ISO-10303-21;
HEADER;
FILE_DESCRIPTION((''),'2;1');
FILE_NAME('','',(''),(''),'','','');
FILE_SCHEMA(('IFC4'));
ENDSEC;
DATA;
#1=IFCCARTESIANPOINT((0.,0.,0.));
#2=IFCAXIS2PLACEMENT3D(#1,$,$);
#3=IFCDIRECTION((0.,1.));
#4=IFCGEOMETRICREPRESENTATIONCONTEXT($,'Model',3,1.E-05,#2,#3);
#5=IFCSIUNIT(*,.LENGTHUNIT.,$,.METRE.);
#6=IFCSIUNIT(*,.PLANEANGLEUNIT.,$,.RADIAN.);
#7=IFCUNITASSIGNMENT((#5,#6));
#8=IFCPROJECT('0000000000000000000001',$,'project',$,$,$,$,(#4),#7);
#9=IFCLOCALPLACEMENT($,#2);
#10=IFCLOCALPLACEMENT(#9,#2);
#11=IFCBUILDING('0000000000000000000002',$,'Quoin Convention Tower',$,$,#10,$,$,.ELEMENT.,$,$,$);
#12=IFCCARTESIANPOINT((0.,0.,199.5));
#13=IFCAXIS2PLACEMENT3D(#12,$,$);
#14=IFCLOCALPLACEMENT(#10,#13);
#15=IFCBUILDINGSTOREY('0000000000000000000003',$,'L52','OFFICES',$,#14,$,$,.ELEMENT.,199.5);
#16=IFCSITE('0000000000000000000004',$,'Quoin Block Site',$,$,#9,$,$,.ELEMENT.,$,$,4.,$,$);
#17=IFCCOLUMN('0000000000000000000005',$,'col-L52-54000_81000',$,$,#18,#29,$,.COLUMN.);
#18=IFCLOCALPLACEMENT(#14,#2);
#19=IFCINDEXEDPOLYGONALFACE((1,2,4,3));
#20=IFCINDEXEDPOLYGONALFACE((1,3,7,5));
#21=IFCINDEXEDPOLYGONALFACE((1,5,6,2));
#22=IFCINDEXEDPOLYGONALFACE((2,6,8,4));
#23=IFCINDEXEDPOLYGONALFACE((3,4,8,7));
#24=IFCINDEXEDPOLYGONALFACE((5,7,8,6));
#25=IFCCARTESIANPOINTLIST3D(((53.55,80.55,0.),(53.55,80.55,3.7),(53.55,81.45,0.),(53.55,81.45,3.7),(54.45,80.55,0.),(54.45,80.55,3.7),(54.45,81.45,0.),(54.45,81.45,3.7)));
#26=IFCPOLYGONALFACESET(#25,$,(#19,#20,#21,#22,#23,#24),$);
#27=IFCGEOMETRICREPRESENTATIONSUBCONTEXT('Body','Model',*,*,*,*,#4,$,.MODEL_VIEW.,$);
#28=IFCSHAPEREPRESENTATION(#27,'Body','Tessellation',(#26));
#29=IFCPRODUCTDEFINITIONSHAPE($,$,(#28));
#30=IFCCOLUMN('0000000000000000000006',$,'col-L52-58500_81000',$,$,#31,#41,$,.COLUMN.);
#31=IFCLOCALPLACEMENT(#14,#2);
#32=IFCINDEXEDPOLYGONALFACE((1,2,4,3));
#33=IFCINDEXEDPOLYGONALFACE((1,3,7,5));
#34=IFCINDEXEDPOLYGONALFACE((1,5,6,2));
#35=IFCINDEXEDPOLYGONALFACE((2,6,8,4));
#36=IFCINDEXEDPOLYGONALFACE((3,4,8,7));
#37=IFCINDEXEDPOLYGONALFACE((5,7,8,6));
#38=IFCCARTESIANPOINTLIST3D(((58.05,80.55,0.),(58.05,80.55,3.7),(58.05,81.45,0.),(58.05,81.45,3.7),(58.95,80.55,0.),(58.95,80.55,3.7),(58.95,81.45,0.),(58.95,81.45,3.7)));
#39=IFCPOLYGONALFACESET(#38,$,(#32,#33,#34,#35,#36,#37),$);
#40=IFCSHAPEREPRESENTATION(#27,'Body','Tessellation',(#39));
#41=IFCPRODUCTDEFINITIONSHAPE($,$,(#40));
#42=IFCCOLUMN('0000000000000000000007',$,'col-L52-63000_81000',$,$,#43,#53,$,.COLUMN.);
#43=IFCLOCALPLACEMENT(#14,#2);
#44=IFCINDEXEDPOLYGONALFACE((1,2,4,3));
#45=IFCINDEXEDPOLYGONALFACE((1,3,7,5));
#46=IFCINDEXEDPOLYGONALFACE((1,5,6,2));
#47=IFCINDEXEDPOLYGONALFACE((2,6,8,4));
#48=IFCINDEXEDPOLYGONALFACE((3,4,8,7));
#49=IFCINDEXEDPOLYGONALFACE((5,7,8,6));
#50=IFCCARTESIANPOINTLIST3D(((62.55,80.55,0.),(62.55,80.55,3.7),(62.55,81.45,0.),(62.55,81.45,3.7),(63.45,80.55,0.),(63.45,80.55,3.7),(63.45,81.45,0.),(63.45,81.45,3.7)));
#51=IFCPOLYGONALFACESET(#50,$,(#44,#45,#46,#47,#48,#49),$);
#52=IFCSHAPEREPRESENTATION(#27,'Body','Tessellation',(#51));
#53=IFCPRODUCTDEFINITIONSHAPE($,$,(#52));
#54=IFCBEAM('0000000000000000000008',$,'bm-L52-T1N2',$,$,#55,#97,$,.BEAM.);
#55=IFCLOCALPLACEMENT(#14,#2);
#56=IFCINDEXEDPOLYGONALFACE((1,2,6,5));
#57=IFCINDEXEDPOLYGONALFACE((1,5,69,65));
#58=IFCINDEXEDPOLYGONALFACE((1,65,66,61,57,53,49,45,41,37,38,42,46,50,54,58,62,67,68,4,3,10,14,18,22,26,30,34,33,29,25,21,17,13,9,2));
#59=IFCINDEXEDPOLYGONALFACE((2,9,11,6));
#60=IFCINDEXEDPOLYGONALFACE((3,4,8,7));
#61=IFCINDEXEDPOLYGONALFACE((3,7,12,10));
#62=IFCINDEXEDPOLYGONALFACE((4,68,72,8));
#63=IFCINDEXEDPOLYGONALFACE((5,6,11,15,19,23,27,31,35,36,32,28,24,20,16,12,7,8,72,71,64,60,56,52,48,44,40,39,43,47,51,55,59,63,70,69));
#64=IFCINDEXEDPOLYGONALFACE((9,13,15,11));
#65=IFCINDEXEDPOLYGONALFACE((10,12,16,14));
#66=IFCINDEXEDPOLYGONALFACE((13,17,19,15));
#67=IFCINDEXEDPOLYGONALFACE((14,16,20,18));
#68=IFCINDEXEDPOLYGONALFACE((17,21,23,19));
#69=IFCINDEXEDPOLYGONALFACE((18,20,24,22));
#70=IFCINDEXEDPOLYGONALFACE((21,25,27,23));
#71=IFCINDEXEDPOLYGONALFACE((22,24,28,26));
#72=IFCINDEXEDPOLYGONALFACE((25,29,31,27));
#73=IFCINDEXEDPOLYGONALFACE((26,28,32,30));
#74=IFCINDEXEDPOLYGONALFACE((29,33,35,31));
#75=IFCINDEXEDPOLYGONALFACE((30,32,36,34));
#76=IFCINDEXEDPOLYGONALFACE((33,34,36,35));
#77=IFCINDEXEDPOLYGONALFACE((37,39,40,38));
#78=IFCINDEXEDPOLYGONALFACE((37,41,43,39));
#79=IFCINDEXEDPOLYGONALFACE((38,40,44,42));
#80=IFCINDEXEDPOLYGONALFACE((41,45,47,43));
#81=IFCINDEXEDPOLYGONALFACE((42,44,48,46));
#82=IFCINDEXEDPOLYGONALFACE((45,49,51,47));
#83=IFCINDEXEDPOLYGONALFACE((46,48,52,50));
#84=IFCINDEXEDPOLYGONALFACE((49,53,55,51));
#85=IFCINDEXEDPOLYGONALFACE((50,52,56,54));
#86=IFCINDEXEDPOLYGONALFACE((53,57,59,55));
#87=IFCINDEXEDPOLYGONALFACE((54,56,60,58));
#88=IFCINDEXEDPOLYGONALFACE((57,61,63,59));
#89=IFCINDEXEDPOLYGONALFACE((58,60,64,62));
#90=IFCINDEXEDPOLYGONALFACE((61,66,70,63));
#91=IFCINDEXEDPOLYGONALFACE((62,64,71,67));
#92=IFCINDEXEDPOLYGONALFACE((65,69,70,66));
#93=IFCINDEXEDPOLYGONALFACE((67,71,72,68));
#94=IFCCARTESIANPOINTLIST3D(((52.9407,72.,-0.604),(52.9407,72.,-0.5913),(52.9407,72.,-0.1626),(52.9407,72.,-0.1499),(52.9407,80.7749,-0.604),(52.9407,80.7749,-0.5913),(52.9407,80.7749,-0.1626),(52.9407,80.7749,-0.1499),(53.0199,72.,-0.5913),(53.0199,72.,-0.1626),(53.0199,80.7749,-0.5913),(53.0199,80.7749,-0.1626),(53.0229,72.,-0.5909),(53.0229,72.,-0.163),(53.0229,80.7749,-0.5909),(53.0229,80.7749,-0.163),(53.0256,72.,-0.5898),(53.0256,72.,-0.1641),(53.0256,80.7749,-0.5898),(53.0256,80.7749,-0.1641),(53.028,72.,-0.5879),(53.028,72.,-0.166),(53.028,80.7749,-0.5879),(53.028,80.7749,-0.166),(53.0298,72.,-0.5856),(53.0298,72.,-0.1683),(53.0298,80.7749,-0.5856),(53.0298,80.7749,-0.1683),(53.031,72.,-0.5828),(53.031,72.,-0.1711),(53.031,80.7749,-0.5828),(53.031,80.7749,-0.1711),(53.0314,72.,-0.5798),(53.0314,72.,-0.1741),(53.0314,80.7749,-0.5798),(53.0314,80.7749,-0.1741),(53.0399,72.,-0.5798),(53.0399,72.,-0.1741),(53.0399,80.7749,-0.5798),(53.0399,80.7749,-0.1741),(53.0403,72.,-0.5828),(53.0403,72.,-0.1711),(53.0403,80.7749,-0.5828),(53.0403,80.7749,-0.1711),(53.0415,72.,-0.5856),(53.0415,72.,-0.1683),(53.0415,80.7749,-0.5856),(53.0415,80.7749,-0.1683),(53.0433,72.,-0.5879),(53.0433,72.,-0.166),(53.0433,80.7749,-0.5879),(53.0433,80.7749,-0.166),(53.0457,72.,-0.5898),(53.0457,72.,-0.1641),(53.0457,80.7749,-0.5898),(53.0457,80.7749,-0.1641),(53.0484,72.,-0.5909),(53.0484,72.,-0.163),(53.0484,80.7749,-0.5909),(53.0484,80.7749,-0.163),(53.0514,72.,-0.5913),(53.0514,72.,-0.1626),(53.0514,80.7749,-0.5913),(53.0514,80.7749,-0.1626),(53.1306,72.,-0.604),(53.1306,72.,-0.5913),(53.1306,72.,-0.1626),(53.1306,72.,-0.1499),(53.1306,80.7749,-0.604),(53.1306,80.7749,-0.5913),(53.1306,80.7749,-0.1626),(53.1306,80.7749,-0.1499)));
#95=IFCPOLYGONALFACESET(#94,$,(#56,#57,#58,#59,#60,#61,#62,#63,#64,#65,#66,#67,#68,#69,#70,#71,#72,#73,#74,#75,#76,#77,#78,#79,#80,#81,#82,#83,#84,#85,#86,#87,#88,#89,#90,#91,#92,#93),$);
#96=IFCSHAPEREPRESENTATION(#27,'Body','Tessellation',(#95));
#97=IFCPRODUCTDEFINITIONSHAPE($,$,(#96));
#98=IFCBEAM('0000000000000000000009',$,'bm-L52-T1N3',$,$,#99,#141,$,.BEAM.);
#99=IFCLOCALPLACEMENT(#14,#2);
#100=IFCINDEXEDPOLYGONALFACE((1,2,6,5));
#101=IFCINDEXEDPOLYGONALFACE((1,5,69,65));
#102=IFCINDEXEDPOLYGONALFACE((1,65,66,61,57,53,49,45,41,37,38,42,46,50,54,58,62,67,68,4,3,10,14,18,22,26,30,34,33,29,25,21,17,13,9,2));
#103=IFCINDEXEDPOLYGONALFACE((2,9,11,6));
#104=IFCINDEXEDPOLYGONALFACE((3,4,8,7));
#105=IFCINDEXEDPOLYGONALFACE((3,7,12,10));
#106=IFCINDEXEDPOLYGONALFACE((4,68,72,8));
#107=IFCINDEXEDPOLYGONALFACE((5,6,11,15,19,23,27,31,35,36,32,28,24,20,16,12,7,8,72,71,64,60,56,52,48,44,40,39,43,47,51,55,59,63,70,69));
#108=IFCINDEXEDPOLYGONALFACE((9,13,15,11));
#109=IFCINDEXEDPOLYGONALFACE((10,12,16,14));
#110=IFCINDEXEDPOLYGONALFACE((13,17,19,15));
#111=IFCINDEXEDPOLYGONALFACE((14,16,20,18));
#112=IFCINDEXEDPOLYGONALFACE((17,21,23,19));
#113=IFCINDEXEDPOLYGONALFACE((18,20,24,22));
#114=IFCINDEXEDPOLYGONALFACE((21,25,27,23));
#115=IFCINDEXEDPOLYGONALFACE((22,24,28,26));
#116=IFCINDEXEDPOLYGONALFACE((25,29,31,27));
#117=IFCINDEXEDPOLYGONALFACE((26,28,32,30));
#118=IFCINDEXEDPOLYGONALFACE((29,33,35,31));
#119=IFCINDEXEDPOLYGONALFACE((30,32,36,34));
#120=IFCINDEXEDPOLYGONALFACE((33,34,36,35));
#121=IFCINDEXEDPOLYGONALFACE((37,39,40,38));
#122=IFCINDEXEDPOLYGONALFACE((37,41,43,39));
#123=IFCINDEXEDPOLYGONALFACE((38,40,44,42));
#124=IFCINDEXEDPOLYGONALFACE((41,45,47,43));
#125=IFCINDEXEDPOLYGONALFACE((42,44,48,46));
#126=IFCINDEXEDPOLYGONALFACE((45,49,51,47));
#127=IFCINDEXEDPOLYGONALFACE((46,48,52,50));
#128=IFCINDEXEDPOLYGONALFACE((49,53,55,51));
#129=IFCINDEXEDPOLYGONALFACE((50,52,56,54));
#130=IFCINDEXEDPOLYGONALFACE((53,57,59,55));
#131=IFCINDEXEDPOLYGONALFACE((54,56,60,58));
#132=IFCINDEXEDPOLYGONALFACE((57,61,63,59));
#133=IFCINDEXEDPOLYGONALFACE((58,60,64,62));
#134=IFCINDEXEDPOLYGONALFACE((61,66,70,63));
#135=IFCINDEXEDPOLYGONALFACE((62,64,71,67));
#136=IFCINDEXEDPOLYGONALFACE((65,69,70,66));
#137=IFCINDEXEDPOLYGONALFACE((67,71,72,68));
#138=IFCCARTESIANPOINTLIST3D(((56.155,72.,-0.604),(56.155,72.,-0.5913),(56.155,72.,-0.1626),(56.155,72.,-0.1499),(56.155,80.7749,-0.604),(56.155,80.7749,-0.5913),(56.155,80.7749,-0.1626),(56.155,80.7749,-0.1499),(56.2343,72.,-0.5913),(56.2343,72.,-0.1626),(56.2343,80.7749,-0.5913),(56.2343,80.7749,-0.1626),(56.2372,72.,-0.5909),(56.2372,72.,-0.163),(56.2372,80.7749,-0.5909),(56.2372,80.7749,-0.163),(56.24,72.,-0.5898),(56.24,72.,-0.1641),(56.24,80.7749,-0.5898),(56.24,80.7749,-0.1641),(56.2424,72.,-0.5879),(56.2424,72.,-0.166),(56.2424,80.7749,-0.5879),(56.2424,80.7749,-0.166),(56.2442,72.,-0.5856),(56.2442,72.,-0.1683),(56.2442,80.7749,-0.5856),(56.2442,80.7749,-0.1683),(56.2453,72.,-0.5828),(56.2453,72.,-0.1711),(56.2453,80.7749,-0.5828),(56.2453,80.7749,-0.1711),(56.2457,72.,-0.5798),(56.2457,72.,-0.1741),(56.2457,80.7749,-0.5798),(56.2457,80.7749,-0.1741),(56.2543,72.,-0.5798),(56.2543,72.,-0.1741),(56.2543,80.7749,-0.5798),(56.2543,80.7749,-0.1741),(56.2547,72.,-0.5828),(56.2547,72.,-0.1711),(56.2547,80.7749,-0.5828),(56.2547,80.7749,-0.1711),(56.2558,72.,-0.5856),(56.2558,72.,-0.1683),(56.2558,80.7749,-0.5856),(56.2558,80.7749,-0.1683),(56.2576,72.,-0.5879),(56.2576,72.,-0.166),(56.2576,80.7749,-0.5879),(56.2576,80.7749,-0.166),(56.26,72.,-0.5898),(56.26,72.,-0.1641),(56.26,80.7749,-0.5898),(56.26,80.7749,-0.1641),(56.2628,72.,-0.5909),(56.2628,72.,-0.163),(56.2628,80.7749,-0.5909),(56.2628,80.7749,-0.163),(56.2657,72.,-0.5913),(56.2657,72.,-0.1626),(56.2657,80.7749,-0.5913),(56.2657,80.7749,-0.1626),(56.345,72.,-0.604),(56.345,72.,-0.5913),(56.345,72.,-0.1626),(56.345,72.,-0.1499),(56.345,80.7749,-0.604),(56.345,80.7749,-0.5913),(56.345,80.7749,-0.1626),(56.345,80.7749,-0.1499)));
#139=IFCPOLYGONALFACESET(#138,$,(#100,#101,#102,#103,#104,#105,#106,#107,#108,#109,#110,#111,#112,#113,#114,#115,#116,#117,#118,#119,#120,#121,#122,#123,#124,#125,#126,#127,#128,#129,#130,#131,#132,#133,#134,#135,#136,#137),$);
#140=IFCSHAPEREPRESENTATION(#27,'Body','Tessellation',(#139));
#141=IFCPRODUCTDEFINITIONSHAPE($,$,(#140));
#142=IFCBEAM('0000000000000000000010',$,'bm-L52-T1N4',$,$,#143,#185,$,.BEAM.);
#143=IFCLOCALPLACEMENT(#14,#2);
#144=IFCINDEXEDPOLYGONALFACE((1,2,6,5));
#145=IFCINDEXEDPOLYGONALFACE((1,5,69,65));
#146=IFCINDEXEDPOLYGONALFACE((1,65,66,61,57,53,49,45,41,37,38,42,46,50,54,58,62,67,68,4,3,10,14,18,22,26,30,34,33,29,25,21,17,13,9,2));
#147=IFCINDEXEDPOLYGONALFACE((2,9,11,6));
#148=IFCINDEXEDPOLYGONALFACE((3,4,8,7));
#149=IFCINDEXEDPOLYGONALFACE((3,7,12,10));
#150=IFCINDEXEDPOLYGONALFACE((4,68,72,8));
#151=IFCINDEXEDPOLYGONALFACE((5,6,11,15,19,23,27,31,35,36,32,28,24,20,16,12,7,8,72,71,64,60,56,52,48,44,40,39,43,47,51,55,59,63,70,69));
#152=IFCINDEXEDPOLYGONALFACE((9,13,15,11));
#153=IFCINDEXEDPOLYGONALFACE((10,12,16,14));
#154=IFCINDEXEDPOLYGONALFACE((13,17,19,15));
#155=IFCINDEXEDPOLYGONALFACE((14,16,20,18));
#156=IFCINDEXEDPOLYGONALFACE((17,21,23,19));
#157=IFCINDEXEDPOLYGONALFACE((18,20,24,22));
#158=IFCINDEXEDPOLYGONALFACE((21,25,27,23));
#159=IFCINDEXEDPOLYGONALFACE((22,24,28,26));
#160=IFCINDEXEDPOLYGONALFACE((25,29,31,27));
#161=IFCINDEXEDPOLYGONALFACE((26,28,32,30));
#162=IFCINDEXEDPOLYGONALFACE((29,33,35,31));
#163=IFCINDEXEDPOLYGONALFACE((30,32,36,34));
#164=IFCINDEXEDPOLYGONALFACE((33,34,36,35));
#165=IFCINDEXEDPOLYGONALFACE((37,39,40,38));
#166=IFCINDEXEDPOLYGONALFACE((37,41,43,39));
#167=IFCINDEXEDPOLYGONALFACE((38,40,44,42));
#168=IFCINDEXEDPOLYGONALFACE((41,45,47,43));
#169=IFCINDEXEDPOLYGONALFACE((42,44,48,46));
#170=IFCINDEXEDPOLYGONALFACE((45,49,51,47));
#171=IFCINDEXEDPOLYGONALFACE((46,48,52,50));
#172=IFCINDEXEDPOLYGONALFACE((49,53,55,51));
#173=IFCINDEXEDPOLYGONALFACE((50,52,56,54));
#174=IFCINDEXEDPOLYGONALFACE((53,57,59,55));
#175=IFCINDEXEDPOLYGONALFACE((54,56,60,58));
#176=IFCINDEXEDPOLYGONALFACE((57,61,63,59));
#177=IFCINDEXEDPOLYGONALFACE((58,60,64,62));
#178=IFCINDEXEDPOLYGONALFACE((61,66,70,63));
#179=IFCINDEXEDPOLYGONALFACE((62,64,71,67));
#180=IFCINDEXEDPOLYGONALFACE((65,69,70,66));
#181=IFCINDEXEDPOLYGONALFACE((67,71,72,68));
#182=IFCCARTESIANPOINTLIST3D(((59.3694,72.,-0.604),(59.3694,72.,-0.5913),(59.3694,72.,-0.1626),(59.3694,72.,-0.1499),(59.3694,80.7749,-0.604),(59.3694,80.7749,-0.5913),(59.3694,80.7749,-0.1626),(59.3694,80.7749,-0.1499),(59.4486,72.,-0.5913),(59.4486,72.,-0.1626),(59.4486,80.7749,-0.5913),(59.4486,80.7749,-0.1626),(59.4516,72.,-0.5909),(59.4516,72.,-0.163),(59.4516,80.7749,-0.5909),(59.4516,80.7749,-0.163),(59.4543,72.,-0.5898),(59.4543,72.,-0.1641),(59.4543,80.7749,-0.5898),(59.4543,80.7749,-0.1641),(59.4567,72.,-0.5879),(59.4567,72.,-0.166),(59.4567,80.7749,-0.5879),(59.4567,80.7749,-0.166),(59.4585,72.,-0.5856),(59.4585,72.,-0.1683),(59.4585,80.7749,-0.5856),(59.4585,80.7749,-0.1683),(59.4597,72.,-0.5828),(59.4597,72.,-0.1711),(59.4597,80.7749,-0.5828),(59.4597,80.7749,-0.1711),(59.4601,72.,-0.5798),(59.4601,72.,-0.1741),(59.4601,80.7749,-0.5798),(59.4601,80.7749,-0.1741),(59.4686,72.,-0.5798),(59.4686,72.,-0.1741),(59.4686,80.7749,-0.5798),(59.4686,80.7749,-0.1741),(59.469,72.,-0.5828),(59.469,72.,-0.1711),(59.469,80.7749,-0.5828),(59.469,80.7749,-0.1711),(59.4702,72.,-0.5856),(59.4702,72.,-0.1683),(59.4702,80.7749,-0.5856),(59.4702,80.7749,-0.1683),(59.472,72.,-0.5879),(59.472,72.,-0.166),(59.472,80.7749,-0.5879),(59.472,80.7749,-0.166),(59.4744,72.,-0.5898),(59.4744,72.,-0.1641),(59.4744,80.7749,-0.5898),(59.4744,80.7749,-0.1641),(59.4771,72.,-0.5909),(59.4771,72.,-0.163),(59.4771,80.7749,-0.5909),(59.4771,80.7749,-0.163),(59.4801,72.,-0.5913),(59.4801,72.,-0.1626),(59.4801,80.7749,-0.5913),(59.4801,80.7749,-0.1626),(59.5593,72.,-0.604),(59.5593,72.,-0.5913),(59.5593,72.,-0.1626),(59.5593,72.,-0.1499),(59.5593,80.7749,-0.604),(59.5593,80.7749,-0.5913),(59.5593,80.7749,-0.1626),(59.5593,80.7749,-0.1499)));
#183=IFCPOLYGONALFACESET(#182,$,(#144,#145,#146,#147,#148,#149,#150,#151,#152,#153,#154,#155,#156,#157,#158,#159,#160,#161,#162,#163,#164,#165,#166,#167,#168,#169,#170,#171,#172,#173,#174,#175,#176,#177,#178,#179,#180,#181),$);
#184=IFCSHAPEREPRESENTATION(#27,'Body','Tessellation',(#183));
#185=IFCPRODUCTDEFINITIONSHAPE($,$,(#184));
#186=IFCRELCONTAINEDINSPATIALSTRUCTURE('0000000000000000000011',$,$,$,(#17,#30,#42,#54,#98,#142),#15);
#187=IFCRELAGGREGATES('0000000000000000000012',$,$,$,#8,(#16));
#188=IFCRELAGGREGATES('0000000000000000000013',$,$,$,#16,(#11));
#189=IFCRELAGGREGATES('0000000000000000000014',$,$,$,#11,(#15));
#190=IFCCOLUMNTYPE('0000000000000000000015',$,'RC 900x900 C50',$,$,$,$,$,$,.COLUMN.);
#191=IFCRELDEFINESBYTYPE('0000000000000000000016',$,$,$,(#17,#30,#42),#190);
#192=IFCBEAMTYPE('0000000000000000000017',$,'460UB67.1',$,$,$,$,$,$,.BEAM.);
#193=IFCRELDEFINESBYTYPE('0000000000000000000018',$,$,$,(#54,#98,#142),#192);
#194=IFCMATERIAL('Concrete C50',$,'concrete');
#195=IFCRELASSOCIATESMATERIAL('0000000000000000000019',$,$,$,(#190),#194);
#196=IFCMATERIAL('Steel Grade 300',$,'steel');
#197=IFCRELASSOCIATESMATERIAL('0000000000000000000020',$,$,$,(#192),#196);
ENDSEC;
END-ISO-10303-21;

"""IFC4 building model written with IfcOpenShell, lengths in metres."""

from ifc_helpers import new_model, si_unit, direction, frame, origin, origin_2d, place, context, subcontext, project, spatial, rectangle, i_section, extrude, material, material_profile, profile_set, type_object, element, save


model = new_model("IFC4")

# Units and contexts
model_context = context("Model", 3, precision=1e-05, world=origin(), true_north=direction((0.0, 1.0)))
body_context = subcontext(model_context, "Body", "Model", "MODEL_VIEW")
ifc_project = project(units=[si_unit("LENGTHUNIT", "METRE"), si_unit("PLANEANGLEUNIT", "RADIAN")], contexts=[model_context])

# Site, building, storey
site_placement = place(None, origin())
site = spatial("IfcSite", under=ifc_project, at=site_placement, Name="Quoin Block Site", CompositionType="ELEMENT", RefElevation=4.0)
building_placement = place(site_placement, origin())
building = spatial("IfcBuilding", under=site, at=building_placement, Name="Quoin Convention Tower", CompositionType="ELEMENT")
storey_placement = place(building_placement, frame((0.0, 0.0, 199.5)))
storey = spatial("IfcBuildingStorey", under=building, at=storey_placement, Name="L52", Description="OFFICES", CompositionType="ELEMENT", Elevation=199.5)

# Columns
ifc_material_1 = material(Name="Concrete C50", Category="concrete")
ifc_material_profile_1 = material_profile(ifc_material_1, rectangle(XDim=0.8999, YDim=0.8999, at=origin_2d()), Name="RC 900x900")
ifc_profile_set_1 = profile_set([ifc_material_profile_1], Name="Concrete C50")
column_type = type_object("IfcColumnType", Name="RC 900x900 C50", PredefinedType="COLUMN", material=ifc_profile_set_1)
for number, where, z_axis, x_axis, name in (
    (1, (54.0, 81.0, 0.0), (0.0, 0.0, 1.0), (1.0, 0.0, 0.0), "col-L52-54000_81000"),
    (2, (58.5, 81.0, 0.0), (0.0, 0.0, 1.0), (1.0, 0.0, 0.0), "col-L52-58500_81000"),
    (3, (63.0, 81.0, 0.0), (0.0, 0.0, 1.0), (1.0, 0.0, 0.0), "col-L52-63000_81000"),
):
    element("IfcColumn", number, at=place(storey_placement, frame(where, z_axis=z_axis, x_axis=x_axis)), inside=storey, type_object=column_type, Name=name, PredefinedType="COLUMN", context=body_context, shape_type="SweptSolid", body=[
        extrude(rectangle(XDim=0.8999, YDim=0.8999, at=origin_2d()), origin(), (0.0, 0.0, 1.0), 3.7),
    ])

# Beams
ifc_material_2 = material(Name="Steel Grade 300", Category="steel")
ifc_material_profile_2 = material_profile(ifc_material_2, i_section(OverallWidth=0.1899, OverallDepth=0.4541, WebThickness=0.0085, FlangeThickness=0.0127, FilletRadius=0.0115, at=origin_2d()), Name="460UB67.1")
ifc_profile_set_2 = profile_set([ifc_material_profile_2], Name="Steel Grade 300")
beam_type_1 = type_object("IfcBeamType", Name="460UB67.1", PredefinedType="BEAM", material=ifc_profile_set_2)
for number, where, z_axis, x_axis, name in (
    (4, (53.0356, 72.0, -0.377), (0.0, 1.0, 0.0), (-1.0, 0.0, 0.0), "bm-L52-T1N2"),
    (5, (56.25, 72.0, -0.377), (0.0, 1.0, 0.0), (-1.0, 0.0, 0.0), "bm-L52-T1N3"),
    (6, (59.4644, 72.0, -0.377), (0.0, 1.0, 0.0), (-1.0, 0.0, 0.0), "bm-L52-T1N4"),
):
    element("IfcBeam", number, at=place(storey_placement, frame(where, z_axis=z_axis, x_axis=x_axis)), inside=storey, type_object=beam_type_1, Name=name, PredefinedType="BEAM", context=body_context, shape_type="SweptSolid", body=[
        extrude(i_section(OverallWidth=0.1899, OverallDepth=0.4541, WebThickness=0.0085, FlangeThickness=0.0127, FilletRadius=0.0115, at=origin_2d()), origin(), (0.0, 0.0, 1.0), 8.7749),
    ])

save(model, "model.ifc")
